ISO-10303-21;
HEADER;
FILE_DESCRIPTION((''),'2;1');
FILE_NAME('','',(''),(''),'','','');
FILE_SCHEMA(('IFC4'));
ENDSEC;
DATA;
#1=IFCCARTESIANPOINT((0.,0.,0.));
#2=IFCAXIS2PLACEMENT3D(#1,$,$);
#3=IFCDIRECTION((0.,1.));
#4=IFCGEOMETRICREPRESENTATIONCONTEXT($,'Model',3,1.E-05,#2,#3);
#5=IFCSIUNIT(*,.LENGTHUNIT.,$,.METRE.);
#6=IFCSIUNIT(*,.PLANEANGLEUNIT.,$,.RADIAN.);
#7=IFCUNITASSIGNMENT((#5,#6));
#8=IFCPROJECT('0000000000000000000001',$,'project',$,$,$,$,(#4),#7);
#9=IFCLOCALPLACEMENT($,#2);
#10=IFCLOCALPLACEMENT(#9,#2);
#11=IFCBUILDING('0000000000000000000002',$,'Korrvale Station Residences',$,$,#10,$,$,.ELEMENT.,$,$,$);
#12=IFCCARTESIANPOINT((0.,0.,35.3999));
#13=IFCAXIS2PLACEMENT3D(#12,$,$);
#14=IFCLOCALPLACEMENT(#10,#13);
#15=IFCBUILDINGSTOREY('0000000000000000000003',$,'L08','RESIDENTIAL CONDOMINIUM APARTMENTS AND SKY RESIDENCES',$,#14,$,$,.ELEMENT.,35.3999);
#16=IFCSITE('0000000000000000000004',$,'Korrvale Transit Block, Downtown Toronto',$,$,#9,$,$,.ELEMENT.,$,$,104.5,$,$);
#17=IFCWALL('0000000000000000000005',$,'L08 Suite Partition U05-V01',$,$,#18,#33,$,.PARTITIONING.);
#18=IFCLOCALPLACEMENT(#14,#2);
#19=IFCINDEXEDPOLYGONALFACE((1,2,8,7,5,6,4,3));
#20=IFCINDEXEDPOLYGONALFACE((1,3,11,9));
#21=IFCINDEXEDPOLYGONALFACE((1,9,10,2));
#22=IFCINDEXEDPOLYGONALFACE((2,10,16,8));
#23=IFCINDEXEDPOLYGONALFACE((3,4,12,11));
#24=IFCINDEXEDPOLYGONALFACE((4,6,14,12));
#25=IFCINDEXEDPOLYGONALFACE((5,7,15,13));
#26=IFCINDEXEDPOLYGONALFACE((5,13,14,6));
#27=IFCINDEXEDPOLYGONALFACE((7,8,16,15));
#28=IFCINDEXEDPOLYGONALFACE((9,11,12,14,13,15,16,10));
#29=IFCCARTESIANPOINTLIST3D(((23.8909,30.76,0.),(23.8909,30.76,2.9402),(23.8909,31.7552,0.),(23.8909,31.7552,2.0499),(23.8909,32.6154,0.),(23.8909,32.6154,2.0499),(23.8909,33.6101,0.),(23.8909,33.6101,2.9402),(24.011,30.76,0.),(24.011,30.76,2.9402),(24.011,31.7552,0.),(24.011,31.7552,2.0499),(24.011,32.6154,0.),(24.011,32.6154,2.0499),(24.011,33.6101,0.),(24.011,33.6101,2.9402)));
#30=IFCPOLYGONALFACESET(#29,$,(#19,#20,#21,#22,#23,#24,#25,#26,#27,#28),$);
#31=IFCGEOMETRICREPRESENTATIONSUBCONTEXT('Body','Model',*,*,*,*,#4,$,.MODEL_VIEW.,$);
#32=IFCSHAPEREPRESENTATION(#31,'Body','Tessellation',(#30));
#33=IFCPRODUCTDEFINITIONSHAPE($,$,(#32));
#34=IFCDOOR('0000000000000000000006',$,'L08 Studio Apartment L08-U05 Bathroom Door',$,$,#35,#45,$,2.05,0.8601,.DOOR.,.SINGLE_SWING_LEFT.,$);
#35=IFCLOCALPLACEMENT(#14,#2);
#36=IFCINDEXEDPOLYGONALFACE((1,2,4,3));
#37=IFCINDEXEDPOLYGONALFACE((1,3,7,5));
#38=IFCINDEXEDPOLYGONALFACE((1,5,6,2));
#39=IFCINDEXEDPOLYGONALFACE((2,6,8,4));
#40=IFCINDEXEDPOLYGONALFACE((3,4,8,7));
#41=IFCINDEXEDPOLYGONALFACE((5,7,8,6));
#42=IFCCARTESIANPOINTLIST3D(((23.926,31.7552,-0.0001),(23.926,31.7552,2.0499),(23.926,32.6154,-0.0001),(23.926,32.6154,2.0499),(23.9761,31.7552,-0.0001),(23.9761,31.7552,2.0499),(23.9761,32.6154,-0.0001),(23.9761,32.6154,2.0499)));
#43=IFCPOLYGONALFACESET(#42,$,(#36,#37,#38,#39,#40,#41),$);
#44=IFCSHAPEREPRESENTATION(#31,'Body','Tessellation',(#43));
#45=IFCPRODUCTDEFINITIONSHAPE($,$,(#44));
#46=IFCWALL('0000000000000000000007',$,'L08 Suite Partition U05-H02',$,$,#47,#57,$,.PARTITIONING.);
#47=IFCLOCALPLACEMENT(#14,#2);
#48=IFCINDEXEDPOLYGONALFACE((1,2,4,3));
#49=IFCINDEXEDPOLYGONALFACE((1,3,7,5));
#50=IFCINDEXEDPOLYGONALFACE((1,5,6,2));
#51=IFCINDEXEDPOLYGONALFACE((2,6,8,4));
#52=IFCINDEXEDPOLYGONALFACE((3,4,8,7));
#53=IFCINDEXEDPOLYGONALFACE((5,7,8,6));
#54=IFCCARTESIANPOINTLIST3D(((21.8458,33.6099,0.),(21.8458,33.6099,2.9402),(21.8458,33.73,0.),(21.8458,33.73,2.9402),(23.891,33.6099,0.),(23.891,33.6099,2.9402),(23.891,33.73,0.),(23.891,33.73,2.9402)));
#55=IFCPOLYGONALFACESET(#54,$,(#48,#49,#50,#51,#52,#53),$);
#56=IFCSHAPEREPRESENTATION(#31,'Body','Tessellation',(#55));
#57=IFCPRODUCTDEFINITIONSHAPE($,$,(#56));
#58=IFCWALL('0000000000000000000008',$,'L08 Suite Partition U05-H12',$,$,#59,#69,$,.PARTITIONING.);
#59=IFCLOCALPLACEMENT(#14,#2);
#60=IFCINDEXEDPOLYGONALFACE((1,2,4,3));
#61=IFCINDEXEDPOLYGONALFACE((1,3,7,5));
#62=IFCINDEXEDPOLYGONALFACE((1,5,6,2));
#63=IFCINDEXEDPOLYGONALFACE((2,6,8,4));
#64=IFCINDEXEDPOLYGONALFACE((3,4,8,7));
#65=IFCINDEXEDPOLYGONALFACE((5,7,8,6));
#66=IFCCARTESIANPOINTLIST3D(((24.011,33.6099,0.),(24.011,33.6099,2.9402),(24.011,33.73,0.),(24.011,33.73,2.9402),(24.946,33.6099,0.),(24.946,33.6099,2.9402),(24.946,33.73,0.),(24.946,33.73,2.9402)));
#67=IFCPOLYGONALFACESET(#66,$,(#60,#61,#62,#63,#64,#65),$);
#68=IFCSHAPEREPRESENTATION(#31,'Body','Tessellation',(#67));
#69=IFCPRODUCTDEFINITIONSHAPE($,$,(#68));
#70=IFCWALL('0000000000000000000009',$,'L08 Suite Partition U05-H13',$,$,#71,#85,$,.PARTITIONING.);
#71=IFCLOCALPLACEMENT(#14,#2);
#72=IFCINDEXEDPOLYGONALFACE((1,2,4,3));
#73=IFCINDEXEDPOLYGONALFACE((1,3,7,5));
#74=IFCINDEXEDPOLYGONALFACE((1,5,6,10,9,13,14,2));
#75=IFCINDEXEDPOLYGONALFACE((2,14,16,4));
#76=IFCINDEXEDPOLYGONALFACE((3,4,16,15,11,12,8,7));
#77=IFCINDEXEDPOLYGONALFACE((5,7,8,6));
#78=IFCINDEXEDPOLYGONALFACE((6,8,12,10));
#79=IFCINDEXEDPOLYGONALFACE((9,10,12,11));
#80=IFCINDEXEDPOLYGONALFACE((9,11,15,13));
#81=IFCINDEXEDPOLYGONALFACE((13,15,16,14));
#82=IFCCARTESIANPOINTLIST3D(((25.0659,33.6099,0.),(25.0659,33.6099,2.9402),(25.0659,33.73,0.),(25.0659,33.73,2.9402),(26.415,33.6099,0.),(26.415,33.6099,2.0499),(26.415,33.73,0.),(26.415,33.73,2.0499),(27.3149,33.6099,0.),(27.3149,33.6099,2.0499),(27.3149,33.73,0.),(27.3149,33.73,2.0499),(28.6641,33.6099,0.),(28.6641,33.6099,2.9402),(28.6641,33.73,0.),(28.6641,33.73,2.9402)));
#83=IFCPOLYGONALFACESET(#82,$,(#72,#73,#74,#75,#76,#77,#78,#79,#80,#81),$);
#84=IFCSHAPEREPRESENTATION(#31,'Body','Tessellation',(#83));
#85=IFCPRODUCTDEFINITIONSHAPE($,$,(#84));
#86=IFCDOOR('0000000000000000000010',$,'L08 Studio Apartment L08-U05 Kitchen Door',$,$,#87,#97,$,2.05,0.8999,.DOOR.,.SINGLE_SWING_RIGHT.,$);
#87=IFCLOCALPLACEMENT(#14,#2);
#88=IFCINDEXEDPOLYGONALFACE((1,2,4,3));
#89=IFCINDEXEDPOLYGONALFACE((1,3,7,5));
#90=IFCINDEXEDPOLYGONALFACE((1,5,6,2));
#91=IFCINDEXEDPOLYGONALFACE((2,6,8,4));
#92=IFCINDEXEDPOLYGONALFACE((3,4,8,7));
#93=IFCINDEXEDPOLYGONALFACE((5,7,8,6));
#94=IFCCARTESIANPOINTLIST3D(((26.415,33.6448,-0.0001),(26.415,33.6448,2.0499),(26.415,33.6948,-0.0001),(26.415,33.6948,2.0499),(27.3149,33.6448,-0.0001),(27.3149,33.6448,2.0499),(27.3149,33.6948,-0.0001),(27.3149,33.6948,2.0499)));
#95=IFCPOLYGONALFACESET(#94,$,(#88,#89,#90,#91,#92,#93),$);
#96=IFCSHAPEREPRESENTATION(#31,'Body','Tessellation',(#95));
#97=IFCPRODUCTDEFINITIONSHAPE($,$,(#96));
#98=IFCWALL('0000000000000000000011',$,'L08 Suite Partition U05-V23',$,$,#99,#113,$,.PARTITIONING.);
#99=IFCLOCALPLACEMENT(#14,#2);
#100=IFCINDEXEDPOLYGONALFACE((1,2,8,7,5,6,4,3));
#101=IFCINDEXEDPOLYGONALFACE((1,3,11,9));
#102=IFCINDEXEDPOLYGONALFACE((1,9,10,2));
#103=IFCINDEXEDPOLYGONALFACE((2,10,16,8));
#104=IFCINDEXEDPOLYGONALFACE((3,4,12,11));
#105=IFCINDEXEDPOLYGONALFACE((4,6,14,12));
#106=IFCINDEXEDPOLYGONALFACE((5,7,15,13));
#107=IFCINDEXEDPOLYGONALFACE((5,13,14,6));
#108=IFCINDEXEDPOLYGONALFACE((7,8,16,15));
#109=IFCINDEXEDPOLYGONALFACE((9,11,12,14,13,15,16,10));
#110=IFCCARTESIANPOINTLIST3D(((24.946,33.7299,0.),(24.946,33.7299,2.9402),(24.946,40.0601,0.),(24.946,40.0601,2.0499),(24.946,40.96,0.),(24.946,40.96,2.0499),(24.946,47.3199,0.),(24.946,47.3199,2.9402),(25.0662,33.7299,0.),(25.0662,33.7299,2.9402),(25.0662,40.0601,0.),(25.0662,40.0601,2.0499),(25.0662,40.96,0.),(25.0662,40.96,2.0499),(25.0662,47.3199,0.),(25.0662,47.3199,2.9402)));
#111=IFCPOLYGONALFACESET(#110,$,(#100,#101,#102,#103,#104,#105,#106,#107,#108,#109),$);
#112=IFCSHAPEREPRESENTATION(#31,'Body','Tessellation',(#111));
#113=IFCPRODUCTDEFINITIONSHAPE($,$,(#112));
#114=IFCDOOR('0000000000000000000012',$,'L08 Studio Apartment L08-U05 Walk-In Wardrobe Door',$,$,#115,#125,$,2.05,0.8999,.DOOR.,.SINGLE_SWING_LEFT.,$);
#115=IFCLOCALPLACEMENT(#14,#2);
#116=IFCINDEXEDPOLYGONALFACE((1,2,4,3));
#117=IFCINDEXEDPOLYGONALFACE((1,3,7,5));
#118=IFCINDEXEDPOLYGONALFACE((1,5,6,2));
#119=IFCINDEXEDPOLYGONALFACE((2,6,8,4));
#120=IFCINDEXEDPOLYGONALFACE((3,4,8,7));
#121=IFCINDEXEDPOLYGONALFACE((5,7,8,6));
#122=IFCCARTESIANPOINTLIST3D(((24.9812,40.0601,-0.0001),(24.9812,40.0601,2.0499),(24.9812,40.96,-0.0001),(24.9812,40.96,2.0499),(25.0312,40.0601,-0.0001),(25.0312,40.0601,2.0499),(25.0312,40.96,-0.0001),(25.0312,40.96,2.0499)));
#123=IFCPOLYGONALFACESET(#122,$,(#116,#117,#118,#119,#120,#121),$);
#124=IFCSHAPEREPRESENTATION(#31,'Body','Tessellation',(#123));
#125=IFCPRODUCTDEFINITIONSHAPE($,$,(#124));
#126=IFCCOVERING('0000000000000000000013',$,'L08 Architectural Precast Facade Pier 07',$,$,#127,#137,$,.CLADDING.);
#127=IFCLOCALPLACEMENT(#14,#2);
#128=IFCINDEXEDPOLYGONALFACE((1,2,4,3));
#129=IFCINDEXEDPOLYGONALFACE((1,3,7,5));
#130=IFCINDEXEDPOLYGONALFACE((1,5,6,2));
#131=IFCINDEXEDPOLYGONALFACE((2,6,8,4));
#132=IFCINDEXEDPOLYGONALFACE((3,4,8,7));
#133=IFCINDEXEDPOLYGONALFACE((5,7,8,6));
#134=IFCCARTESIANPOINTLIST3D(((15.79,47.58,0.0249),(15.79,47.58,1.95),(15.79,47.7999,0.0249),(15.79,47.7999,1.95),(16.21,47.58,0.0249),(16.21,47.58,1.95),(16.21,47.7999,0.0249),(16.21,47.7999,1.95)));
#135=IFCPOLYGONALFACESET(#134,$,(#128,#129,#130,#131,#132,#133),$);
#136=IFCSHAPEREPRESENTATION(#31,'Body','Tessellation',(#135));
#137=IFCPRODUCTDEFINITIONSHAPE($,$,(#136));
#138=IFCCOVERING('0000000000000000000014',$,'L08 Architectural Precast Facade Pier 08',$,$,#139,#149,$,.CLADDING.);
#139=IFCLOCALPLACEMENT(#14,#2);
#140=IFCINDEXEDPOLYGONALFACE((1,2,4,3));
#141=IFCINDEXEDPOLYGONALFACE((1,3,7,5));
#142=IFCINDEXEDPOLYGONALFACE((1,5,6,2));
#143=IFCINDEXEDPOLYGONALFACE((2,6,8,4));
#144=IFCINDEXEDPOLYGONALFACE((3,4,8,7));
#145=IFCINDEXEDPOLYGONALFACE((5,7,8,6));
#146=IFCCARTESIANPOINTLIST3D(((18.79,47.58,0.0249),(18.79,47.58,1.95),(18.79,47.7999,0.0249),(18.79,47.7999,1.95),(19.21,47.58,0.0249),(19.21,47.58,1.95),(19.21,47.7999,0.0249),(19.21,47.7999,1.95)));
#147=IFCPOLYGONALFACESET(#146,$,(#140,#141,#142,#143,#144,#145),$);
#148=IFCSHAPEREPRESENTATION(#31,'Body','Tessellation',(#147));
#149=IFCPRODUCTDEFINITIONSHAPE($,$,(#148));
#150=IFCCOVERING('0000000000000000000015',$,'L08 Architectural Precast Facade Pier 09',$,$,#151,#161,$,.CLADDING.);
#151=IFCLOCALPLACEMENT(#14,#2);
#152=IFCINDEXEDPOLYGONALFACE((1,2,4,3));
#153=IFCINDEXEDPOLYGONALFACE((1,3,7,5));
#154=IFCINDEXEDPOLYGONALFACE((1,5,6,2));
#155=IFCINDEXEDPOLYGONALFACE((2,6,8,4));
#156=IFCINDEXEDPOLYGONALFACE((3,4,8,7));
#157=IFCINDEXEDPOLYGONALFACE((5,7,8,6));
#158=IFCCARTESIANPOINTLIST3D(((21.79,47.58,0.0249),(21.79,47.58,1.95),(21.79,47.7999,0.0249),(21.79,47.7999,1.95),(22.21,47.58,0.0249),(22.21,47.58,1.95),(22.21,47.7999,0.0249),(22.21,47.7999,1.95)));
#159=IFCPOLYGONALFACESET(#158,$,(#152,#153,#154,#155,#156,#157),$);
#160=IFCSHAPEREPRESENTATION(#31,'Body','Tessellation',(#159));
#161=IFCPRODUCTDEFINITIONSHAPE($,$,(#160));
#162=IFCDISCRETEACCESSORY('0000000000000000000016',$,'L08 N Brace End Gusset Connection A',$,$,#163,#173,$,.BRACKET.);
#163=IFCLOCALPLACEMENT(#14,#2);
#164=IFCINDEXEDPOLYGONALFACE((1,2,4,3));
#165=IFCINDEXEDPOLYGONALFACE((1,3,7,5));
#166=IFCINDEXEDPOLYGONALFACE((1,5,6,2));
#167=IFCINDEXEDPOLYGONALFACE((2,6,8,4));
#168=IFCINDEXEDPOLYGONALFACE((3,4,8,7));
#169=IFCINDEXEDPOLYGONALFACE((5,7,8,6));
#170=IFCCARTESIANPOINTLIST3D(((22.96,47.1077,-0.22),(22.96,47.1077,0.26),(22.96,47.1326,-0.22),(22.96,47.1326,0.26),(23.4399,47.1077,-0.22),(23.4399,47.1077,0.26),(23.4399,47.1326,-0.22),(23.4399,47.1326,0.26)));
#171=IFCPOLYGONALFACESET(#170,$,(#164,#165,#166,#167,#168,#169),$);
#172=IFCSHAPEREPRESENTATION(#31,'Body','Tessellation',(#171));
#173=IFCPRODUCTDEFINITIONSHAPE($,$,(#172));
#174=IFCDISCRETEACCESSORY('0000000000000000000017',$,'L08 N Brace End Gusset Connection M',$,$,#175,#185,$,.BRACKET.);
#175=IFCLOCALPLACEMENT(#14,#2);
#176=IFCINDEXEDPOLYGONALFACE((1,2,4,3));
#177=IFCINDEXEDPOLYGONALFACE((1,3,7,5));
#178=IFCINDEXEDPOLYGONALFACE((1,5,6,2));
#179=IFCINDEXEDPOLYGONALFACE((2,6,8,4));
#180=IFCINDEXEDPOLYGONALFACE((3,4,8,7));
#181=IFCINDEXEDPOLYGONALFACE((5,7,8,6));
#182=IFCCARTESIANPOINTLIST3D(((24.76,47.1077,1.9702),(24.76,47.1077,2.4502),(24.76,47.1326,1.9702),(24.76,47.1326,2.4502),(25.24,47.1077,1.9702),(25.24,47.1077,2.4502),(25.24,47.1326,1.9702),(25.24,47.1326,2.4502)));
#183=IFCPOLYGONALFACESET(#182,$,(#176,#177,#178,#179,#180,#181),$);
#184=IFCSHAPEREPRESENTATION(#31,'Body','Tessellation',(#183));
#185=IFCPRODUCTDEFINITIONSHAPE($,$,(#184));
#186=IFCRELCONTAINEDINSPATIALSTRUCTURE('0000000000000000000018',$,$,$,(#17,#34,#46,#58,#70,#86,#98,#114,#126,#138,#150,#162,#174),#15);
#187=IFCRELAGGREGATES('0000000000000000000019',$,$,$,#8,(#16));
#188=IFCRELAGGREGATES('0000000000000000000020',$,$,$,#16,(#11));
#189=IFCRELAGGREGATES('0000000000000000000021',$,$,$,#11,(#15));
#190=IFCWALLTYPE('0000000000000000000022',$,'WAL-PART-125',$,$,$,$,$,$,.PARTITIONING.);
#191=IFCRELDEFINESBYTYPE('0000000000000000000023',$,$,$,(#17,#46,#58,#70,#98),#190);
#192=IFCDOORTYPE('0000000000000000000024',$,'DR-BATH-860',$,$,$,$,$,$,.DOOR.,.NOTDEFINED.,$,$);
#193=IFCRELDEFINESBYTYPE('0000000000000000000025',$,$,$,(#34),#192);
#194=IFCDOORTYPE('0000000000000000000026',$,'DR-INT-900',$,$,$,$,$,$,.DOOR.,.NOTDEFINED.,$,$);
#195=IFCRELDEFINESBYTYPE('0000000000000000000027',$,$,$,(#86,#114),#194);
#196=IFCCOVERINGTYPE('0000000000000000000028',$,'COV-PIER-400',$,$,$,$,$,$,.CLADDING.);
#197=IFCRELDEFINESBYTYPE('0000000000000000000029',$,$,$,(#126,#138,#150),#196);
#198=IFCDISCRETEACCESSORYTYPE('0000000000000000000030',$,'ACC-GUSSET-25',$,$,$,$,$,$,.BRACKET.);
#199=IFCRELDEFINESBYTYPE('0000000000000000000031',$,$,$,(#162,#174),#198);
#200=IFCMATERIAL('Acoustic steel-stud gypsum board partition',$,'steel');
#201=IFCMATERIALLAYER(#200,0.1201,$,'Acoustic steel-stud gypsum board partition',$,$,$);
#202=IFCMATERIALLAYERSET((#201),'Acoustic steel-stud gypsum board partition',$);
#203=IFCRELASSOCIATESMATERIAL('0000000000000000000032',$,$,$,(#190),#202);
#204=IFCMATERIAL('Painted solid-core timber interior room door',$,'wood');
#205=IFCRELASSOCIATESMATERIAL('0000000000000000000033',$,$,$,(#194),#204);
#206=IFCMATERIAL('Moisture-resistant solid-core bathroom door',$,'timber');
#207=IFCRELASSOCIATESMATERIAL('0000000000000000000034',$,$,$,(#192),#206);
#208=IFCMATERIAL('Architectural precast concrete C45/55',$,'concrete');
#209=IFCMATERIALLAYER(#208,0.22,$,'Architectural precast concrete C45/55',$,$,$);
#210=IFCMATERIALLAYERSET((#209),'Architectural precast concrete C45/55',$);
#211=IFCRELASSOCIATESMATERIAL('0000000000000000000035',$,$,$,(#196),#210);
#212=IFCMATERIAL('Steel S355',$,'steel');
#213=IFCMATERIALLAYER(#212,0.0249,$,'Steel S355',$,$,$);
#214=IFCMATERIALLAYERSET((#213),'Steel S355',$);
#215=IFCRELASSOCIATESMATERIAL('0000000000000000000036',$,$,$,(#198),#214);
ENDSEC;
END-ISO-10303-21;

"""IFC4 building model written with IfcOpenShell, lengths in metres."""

from ifc_helpers import new_model, si_unit, direction, frame, frame_2d, origin, origin_2d, place, context, subcontext, project, spatial, rectangle, extrude, material, layer, layer_set, type_object, element, fill, save


model = new_model("IFC4")

# Units and contexts
model_context = context("Model", 3, precision=1e-05, world=origin(), true_north=direction((0.0, 1.0)))
body_context = subcontext(model_context, "Body", "Model", "MODEL_VIEW")
ifc_project = project(units=[si_unit("LENGTHUNIT", "METRE"), si_unit("PLANEANGLEUNIT", "RADIAN")], contexts=[model_context])

# Site, building, storey
site_placement = place(None, origin())
site = spatial("IfcSite", under=ifc_project, at=site_placement, Name="Korrvale Transit Block, Downtown Toronto", CompositionType="ELEMENT", RefElevation=104.5)
building_placement = place(site_placement, origin())
building = spatial("IfcBuilding", under=site, at=building_placement, Name="Korrvale Station Residences", CompositionType="ELEMENT")
storey_placement = place(building_placement, frame((0.0, 0.0, 35.3999)))
storey = spatial("IfcBuildingStorey", under=building, at=storey_placement, Name="L08", Description="RESIDENTIAL CONDOMINIUM APARTMENTS AND SKY RESIDENCES", CompositionType="ELEMENT", Elevation=35.3999)

# Shared definitions
ifc_material_1 = material(Name="Steel S355", Category="steel")

# Wall, opening, door
ifc_material_2 = material(Name="Acoustic steel-stud gypsum board partition", Category="steel")
ifc_layer_1 = layer(ifc_material_2, 0.1201, Name="Acoustic steel-stud gypsum board partition")
ifc_layer_set_1 = layer_set([ifc_layer_1], Name="Acoustic steel-stud gypsum board partition")
wall_type = type_object("IfcWallType", Name="WAL-PART-125", PredefinedType="PARTITIONING", material=ifc_layer_set_1)
ifc_material_3 = material(Name="Painted solid-core timber interior room door", Category="wood")
door_type_1 = type_object("IfcDoorType", Name="DR-INT-900", OperationType="NOTDEFINED", PredefinedType="DOOR", material=ifc_material_3)
wall_1_placement = place(storey_placement, frame((23.9509, 30.76, 0.0), z_axis=(0.0, 0.0, 1.0), x_axis=(0.0, 1.0, 0.0)))
wall_1 = element("IfcWall", 1, at=wall_1_placement, inside=storey, type_object=wall_type, Name="L08 Suite Partition U05-V01", PredefinedType="PARTITIONING", context=body_context, shape_type="SweptSolid", body=[
    extrude(rectangle(XDim=2.8501, YDim=0.1201, at=frame_2d((1.425, 0.0))), origin(), (0.0, 0.0, 1.0), 2.9402),
])
opening_1_placement = place(wall_1_placement, frame((0.9951, 0.0, 0.0)))
opening_1 = element("IfcOpeningElement", 2, at=opening_1_placement, cuts=wall_1, PredefinedType="OPENING", context=body_context, shape_type="SweptSolid", body=[
    extrude(rectangle(XDim=0.8601, YDim=2.05, at=frame_2d((0.4302, 1.0249))), frame((0.0, 0.0701, 0.0), z_axis=(0.0, -1.0, 0.0), x_axis=(1.0, 0.0, 0.0)), (0.0, 0.0, 1.0), 0.1401),
])
ifc_material_4 = material(Name="Moisture-resistant solid-core bathroom door", Category="timber")
door_type_2 = type_object("IfcDoorType", Name="DR-BATH-860", OperationType="NOTDEFINED", PredefinedType="DOOR", material=ifc_material_4)
door_1_placement = place(opening_1_placement, origin())
door_1 = element("IfcDoor", 3, at=door_1_placement, inside=storey, type_object=door_type_2, Name="L08 Studio Apartment L08-U05 Bathroom Door", OperationType="SINGLE_SWING_LEFT", OverallHeight=2.05, OverallWidth=0.8601, PredefinedType="DOOR", context=body_context, shape_type="SweptSolid", body=[
    extrude(rectangle(XDim=0.8601, YDim=2.05, at=frame_2d((0.4302, 1.0249))), frame((0.0, 0.0249, 0.0), z_axis=(0.0, -1.0, 0.0), x_axis=(1.0, 0.0, 0.0)), (0.0, 0.0, 1.0), 0.05),
])
fill(opening_1, door_1)

# Walls
wall_2_placement = place(storey_placement, frame((21.8459, 33.6699, 0.0), z_axis=(0.0, 0.0, 1.0), x_axis=(1.0, 0.0, 0.0)))
element("IfcWall", 4, at=wall_2_placement, inside=storey, type_object=wall_type, Name="L08 Suite Partition U05-H02", PredefinedType="PARTITIONING", context=body_context, shape_type="SweptSolid", body=[
    extrude(rectangle(XDim=2.0452, YDim=0.1201, at=frame_2d((1.0225, 0.0))), origin(), (0.0, 0.0, 1.0), 2.9402),
])
wall_3_placement = place(storey_placement, frame((24.011, 33.6699, 0.0), z_axis=(0.0, 0.0, 1.0), x_axis=(1.0, 0.0, 0.0)))
element("IfcWall", 5, at=wall_3_placement, inside=storey, type_object=wall_type, Name="L08 Suite Partition U05-H12", PredefinedType="PARTITIONING", context=body_context, shape_type="SweptSolid", body=[
    extrude(rectangle(XDim=0.9351, YDim=0.1201, at=frame_2d((0.4675, 0.0))), origin(), (0.0, 0.0, 1.0), 2.9402),
])

# Walls, openings, doors
wall_4_placement = place(storey_placement, frame((25.0659, 33.6699, 0.0), z_axis=(0.0, 0.0, 1.0), x_axis=(1.0, 0.0, 0.0)))
wall_4 = element("IfcWall", 6, at=wall_4_placement, inside=storey, type_object=wall_type, Name="L08 Suite Partition U05-H13", PredefinedType="PARTITIONING", context=body_context, shape_type="SweptSolid", body=[
    extrude(rectangle(XDim=3.5981, YDim=0.1201, at=frame_2d((1.7991, 0.0))), origin(), (0.0, 0.0, 1.0), 2.9402),
])
opening_2_placement = place(wall_4_placement, frame((1.3491, 0.0, 0.0)))
opening_2 = element("IfcOpeningElement", 7, at=opening_2_placement, cuts=wall_4, PredefinedType="OPENING", context=body_context, shape_type="SweptSolid", body=[
    extrude(rectangle(XDim=0.8999, YDim=2.05, at=frame_2d((0.45, 1.0249))), frame((0.0, 0.0701, 0.0), z_axis=(0.0, -1.0, 0.0), x_axis=(1.0, 0.0, 0.0)), (0.0, 0.0, 1.0), 0.1401),
])
door_2_placement = place(opening_2_placement, origin())
door_2 = element("IfcDoor", 8, at=door_2_placement, inside=storey, type_object=door_type_1, Name="L08 Studio Apartment L08-U05 Kitchen Door", OperationType="SINGLE_SWING_RIGHT", OverallHeight=2.05, OverallWidth=0.8999, PredefinedType="DOOR", context=body_context, shape_type="SweptSolid", body=[
    extrude(rectangle(XDim=0.8999, YDim=2.05, at=frame_2d((0.45, 1.0249))), frame((0.0, 0.0249, 0.0), z_axis=(0.0, -1.0, 0.0), x_axis=(1.0, 0.0, 0.0)), (0.0, 0.0, 1.0), 0.05),
])
fill(opening_2, door_2)
wall_5_placement = place(storey_placement, frame((25.0061, 33.73, 0.0), z_axis=(0.0, 0.0, 1.0), x_axis=(0.0, 1.0, 0.0)))
wall_5 = element("IfcWall", 9, at=wall_5_placement, inside=storey, type_object=wall_type, Name="L08 Suite Partition U05-V23", PredefinedType="PARTITIONING", context=body_context, shape_type="SweptSolid", body=[
    extrude(rectangle(XDim=13.5901, YDim=0.1201, at=frame_2d((6.7949, 0.0))), origin(), (0.0, 0.0, 1.0), 2.9402),
])
opening_3_placement = place(wall_5_placement, frame((6.3301, 0.0, 0.0)))
opening_3 = element("IfcOpeningElement", 10, at=opening_3_placement, cuts=wall_5, PredefinedType="OPENING", context=body_context, shape_type="SweptSolid", body=[
    extrude(rectangle(XDim=0.8999, YDim=2.05, at=frame_2d((0.45, 1.0249))), frame((0.0, 0.0701, 0.0), z_axis=(0.0, -1.0, 0.0), x_axis=(1.0, 0.0, 0.0)), (0.0, 0.0, 1.0), 0.1401),
])
door_3_placement = place(opening_3_placement, origin())
door_3 = element("IfcDoor", 11, at=door_3_placement, inside=storey, type_object=door_type_1, Name="L08 Studio Apartment L08-U05 Walk-In Wardrobe Door", OperationType="SINGLE_SWING_LEFT", OverallHeight=2.05, OverallWidth=0.8999, PredefinedType="DOOR", context=body_context, shape_type="SweptSolid", body=[
    extrude(rectangle(XDim=0.8999, YDim=2.05, at=frame_2d((0.45, 1.0249))), frame((0.0, 0.0249, 0.0), z_axis=(0.0, -1.0, 0.0), x_axis=(1.0, 0.0, 0.0)), (0.0, 0.0, 1.0), 0.05),
])
fill(opening_3, door_3)

# Coverings
ifc_material_5 = material(Name="Architectural precast concrete C45/55", Category="concrete")
ifc_layer_2 = layer(ifc_material_5, 0.22, Name="Architectural precast concrete C45/55")
ifc_layer_set_2 = layer_set([ifc_layer_2], Name="Architectural precast concrete C45/55")
covering_type = type_object("IfcCoveringType", Name="COV-PIER-400", PredefinedType="CLADDING", material=ifc_layer_set_2)
for number, where, z_axis, x_axis, name in (
    (12, (16.0, 47.6899, 0.0249), (0.0, 0.0, 1.0), (1.0, 0.0, 0.0), "L08 Architectural Precast Facade Pier 07"),
    (13, (19.0, 47.6899, 0.0249), (0.0, 0.0, 1.0), (1.0, 0.0, 0.0), "L08 Architectural Precast Facade Pier 08"),
    (14, (22.0, 47.6899, 0.0249), (0.0, 0.0, 1.0), (1.0, 0.0, 0.0), "L08 Architectural Precast Facade Pier 09"),
):
    element("IfcCovering", number, at=place(storey_placement, frame(where, z_axis=z_axis, x_axis=x_axis)), inside=storey, type_object=covering_type, Name=name, PredefinedType="CLADDING", context=body_context, shape_type="SweptSolid", body=[
        extrude(rectangle(XDim=0.4199, YDim=0.22, at=origin_2d()), origin(), (0.0, 0.0, 1.0), 1.925),
    ])

# Discrete accessories
ifc_layer_3 = layer(ifc_material_1, 0.0249, Name="Steel S355")
ifc_layer_set_3 = layer_set([ifc_layer_3], Name="Steel S355")
discrete_accessory_type = type_object("IfcDiscreteAccessoryType", Name="ACC-GUSSET-25", PredefinedType="BRACKET", material=ifc_layer_set_3)
for number, where, z_axis, x_axis, name in (
    (15, (23.2, 47.1201, -0.22), (0.0, 0.0, 1.0), (1.0, 0.0, 0.0), "L08 N Brace End Gusset Connection A"),
    (16, (25.0, 47.1201, 1.9702), (0.0, 0.0, 1.0), (1.0, 0.0, 0.0), "L08 N Brace End Gusset Connection M"),
):
    element("IfcDiscreteAccessory", number, at=place(storey_placement, frame(where, z_axis=z_axis, x_axis=x_axis)), inside=storey, type_object=discrete_accessory_type, Name=name, PredefinedType="BRACKET", context=body_context, shape_type="SweptSolid", body=[
        extrude(rectangle(XDim=0.48, YDim=0.0249, at=origin_2d()), origin(), (0.0, 0.0, 1.0), 0.48),
    ])

save(model, "model.ifc")
